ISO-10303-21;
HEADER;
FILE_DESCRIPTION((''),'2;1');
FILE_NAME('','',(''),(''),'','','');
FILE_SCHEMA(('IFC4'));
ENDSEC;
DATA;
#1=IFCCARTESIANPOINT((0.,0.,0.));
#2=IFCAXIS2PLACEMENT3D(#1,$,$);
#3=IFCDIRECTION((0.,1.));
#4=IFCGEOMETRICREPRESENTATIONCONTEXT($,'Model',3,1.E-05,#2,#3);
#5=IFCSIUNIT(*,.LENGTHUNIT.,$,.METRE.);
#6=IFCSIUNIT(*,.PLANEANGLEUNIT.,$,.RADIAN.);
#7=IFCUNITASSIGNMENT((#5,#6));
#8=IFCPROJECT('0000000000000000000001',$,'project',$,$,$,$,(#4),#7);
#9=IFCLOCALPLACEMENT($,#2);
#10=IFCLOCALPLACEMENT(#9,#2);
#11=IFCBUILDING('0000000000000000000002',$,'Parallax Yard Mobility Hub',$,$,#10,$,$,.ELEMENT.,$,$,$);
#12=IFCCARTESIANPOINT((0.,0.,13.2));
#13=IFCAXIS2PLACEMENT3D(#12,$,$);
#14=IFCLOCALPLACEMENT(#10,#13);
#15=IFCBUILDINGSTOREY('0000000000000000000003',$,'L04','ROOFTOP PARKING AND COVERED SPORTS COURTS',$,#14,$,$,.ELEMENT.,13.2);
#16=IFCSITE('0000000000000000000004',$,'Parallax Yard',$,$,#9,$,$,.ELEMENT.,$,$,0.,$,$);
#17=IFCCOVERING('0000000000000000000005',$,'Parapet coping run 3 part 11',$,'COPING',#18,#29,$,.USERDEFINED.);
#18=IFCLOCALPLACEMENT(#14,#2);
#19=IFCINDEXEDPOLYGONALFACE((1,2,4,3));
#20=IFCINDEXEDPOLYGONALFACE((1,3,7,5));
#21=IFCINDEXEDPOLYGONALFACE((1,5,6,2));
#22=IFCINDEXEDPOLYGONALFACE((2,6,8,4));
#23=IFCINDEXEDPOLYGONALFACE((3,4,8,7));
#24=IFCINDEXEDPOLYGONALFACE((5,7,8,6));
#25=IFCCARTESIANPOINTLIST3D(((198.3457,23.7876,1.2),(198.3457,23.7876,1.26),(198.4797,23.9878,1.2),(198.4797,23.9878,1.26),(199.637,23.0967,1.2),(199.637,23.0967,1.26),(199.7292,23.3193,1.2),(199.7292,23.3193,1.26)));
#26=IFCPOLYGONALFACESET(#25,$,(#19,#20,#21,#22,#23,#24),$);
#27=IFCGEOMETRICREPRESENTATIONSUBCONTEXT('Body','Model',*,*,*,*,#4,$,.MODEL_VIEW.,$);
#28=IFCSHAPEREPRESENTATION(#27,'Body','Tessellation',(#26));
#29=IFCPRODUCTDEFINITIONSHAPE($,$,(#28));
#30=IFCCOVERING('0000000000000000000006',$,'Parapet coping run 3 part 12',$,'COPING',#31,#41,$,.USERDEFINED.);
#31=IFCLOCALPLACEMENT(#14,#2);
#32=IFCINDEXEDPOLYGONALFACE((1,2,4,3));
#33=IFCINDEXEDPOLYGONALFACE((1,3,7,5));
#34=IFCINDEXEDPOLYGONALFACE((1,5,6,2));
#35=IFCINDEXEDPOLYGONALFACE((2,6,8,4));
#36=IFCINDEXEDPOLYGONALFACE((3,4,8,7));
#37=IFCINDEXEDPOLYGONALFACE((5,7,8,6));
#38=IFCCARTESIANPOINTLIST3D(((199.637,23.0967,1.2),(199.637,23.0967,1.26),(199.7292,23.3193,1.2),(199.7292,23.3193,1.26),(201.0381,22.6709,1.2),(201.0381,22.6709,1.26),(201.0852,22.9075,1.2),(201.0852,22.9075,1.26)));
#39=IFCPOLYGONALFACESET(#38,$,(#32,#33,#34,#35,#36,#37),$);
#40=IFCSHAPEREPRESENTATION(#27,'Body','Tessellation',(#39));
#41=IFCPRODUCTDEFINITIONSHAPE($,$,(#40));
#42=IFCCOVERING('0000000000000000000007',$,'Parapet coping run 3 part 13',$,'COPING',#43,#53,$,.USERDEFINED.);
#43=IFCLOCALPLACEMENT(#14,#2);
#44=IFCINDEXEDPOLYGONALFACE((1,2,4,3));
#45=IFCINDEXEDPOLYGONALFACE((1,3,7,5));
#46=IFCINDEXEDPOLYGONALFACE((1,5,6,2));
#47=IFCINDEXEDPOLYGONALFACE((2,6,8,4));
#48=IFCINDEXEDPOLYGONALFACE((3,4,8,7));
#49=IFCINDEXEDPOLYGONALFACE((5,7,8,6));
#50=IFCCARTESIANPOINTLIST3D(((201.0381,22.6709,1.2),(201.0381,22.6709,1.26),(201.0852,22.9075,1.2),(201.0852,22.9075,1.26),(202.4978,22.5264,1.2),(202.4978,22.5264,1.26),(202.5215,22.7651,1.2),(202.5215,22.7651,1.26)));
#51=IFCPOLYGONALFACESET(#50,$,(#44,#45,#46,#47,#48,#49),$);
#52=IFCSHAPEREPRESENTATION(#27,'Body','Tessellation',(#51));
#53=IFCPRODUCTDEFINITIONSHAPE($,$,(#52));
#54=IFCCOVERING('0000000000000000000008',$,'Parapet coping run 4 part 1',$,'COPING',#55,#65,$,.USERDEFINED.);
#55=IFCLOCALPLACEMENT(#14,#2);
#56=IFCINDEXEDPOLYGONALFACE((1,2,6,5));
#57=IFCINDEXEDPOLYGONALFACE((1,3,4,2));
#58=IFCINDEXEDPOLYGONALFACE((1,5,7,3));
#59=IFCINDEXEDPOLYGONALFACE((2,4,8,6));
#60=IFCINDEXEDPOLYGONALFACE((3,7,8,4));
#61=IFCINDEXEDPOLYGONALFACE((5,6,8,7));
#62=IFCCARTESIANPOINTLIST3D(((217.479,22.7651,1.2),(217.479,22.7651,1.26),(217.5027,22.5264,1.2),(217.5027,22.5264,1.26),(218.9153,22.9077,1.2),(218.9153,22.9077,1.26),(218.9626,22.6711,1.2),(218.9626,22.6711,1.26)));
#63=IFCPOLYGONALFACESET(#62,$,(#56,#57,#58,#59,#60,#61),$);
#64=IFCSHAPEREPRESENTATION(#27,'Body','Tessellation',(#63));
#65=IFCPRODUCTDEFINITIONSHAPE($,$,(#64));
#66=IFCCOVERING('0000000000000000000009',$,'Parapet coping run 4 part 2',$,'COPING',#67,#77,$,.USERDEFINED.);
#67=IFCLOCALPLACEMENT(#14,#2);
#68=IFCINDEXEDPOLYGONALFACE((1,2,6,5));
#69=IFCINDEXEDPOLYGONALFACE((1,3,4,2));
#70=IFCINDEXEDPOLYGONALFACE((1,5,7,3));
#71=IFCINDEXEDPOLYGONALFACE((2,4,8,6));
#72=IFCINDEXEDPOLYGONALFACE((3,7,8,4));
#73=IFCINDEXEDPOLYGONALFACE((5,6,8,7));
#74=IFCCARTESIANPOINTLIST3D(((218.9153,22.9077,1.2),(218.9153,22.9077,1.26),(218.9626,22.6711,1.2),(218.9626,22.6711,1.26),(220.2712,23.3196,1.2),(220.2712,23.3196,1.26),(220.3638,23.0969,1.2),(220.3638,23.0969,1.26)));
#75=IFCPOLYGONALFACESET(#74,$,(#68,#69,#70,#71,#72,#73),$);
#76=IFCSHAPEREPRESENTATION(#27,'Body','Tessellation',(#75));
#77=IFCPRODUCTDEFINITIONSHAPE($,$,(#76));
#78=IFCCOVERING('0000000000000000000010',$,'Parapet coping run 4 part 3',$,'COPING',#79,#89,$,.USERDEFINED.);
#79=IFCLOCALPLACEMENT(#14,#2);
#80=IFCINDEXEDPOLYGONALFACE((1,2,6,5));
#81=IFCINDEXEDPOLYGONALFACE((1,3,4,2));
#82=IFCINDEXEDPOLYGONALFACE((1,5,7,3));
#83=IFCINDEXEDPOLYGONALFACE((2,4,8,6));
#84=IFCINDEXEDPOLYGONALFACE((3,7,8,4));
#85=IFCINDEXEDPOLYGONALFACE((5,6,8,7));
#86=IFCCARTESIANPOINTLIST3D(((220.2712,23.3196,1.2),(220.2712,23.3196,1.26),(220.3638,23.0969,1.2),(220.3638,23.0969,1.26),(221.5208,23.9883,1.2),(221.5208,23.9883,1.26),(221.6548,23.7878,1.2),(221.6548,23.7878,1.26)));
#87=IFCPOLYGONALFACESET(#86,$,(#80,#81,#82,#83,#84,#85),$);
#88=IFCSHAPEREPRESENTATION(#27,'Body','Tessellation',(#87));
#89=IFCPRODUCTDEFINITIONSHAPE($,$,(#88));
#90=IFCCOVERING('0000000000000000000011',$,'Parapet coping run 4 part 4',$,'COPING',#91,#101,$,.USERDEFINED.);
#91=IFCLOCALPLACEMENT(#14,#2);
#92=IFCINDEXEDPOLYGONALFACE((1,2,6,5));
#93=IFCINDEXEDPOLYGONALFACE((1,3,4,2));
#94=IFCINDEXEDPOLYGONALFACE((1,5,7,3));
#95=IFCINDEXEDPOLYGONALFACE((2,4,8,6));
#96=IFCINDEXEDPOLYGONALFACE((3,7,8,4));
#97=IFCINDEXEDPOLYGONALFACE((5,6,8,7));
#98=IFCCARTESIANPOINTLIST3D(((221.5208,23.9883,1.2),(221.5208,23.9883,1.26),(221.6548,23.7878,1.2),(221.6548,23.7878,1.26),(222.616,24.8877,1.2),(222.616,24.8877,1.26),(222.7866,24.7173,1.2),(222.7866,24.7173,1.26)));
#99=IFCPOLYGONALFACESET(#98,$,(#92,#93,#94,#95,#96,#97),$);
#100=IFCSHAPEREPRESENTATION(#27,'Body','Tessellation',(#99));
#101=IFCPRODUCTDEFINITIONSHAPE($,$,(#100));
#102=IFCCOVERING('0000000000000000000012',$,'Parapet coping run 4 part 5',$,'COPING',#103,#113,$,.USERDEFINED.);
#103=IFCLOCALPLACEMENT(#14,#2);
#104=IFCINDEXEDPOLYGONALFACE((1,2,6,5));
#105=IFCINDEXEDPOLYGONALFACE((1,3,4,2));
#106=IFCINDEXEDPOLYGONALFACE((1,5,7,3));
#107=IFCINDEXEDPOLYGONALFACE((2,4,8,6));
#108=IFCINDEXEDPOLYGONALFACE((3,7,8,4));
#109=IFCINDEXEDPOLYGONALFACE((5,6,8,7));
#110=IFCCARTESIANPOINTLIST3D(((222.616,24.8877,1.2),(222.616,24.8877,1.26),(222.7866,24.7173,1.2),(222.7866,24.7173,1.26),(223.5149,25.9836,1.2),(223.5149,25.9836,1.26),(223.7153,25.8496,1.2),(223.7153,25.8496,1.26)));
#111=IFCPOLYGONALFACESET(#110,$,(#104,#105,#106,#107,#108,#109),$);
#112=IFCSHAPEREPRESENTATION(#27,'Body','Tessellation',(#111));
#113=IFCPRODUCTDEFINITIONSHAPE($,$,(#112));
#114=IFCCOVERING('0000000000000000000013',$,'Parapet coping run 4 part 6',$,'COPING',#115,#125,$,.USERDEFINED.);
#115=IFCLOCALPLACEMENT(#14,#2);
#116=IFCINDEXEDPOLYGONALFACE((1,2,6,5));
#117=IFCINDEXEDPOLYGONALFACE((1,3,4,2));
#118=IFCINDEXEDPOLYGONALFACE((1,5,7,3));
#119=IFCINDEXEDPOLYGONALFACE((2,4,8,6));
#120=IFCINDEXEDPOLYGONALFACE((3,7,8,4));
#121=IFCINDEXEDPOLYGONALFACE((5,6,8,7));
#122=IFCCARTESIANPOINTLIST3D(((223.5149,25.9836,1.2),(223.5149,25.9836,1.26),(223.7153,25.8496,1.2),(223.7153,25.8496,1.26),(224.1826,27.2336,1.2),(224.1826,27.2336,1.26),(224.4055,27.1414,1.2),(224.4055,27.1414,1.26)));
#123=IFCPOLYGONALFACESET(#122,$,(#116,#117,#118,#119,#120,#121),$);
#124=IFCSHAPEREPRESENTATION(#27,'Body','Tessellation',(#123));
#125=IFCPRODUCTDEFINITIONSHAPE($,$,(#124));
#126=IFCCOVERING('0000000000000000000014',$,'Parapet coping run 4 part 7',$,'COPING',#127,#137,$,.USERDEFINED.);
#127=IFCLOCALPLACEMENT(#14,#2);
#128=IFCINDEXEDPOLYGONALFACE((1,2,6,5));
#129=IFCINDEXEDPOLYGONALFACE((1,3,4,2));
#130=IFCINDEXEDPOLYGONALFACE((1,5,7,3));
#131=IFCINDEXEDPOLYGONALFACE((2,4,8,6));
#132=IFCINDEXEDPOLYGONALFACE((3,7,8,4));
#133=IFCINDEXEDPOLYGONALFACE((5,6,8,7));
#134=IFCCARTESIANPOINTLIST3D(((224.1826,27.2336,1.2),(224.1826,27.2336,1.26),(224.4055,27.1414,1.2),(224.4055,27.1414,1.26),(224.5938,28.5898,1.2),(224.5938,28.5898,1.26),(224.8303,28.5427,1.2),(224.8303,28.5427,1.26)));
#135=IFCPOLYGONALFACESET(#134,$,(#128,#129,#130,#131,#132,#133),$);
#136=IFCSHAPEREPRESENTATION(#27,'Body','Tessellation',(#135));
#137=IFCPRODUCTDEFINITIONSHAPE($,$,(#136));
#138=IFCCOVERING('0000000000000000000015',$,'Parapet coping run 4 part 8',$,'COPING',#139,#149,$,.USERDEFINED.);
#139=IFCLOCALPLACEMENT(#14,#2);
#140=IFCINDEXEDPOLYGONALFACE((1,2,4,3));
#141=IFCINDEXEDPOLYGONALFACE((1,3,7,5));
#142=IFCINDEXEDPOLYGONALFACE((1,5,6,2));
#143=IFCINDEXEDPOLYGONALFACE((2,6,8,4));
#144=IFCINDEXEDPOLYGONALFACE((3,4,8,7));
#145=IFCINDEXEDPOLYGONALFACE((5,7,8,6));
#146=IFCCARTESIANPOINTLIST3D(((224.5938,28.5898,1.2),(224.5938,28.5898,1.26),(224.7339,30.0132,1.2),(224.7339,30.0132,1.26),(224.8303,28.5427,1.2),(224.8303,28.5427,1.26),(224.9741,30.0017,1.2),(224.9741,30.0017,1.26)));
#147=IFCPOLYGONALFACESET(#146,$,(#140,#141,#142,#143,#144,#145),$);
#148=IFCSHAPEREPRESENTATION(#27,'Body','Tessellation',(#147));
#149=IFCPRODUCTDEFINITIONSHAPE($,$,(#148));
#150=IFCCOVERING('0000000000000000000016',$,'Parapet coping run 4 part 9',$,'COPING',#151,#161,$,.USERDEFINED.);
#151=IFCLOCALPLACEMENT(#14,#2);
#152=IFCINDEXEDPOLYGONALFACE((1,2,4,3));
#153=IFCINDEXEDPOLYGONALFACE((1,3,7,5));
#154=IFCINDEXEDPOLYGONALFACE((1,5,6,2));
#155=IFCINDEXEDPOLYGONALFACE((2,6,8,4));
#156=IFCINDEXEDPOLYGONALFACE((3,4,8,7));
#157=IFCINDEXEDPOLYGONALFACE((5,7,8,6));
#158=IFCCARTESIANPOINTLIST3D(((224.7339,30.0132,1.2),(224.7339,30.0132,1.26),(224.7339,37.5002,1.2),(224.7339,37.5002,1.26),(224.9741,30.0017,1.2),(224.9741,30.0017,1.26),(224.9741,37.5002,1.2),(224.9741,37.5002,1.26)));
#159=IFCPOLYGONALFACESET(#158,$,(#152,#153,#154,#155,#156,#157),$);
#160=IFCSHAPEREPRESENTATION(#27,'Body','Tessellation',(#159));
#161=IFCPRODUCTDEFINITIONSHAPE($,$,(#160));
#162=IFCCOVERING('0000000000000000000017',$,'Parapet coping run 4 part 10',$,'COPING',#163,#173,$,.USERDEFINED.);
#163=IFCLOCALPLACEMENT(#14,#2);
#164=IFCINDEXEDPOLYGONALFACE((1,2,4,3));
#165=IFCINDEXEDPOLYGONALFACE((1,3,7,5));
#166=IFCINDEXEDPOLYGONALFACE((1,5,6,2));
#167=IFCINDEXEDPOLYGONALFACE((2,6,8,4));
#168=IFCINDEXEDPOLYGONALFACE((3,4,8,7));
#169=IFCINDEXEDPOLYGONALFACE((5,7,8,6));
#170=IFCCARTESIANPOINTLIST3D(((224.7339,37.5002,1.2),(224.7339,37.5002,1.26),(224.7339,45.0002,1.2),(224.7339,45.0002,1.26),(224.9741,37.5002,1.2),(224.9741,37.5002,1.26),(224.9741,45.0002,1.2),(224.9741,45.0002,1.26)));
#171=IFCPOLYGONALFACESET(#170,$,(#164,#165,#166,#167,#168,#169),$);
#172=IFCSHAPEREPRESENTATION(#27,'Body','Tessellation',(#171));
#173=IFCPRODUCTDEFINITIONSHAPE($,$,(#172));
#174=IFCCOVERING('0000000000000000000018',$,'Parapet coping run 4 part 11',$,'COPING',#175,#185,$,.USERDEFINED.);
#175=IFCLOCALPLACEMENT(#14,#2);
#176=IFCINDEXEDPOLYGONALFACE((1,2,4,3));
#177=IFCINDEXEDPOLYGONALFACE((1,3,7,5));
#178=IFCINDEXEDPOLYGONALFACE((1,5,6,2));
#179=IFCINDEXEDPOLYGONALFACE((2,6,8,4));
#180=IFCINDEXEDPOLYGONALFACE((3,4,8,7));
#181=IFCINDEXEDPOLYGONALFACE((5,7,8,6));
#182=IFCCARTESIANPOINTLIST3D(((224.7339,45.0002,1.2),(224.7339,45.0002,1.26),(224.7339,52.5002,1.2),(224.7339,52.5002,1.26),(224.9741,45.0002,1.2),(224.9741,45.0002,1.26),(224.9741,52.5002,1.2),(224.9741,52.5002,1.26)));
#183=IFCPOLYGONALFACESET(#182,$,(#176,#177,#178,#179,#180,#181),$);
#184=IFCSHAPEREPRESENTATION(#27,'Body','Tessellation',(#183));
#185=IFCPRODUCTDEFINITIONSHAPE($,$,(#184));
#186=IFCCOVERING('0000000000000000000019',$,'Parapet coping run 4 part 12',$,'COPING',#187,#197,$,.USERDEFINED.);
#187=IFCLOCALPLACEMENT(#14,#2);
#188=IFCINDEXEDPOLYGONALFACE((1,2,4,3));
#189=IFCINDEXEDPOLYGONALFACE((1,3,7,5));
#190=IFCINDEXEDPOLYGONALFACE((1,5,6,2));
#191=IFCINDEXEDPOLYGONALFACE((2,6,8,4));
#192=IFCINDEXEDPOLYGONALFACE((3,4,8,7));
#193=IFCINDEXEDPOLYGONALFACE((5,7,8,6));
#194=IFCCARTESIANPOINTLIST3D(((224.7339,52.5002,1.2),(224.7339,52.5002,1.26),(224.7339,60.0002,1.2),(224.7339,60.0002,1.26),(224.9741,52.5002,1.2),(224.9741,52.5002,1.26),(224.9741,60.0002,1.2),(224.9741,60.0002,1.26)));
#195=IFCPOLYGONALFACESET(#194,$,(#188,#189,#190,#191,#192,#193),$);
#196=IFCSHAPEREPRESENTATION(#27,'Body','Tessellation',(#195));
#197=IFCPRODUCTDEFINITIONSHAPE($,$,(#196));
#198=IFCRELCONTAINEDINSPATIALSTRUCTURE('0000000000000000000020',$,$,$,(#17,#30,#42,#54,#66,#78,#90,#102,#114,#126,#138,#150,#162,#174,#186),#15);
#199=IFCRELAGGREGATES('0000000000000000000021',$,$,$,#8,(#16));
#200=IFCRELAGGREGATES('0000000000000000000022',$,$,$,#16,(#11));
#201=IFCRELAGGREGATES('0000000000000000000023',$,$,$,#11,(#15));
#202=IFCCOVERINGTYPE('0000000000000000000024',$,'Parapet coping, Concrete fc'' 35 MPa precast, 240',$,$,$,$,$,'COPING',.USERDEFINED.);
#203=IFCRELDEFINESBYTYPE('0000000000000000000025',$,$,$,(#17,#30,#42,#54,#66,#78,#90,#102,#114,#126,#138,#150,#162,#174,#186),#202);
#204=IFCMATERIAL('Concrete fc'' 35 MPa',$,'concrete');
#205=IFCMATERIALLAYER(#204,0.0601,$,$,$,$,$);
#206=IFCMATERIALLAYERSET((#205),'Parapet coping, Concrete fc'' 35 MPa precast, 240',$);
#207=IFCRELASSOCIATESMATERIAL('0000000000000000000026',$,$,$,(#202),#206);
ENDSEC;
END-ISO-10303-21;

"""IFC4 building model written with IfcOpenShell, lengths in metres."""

from ifc_helpers import new_model, si_unit, direction, frame, origin, place, context, subcontext, project, spatial, polyline, outline, extrude, material, layer, layer_set, type_object, element, save


model = new_model("IFC4")

# Units and contexts
model_context = context("Model", 3, precision=1e-05, world=origin(), true_north=direction((0.0, 1.0)))
body_context = subcontext(model_context, "Body", "Model", "MODEL_VIEW")
ifc_project = project(units=[si_unit("LENGTHUNIT", "METRE"), si_unit("PLANEANGLEUNIT", "RADIAN")], contexts=[model_context])

# Site, building, storey
site_placement = place(None, origin())
site = spatial("IfcSite", under=ifc_project, at=site_placement, Name="Parallax Yard", CompositionType="ELEMENT", RefElevation=0.0)
building_placement = place(site_placement, origin())
building = spatial("IfcBuilding", under=site, at=building_placement, Name="Parallax Yard Mobility Hub", CompositionType="ELEMENT")
storey_placement = place(building_placement, frame((0.0, 0.0, 13.2)))
storey = spatial("IfcBuildingStorey", under=building, at=storey_placement, Name="L04", Description="ROOFTOP PARKING AND COVERED SPORTS COURTS", CompositionType="ELEMENT", Elevation=13.2)

# Coverings
ifc_material = material(Name="Concrete fc' 35 MPa", Category="concrete")
ifc_layer = layer(ifc_material, 0.0601)
ifc_layer_set = layer_set([ifc_layer], Name="Parapet coping, Concrete fc' 35 MPa precast, 240")
covering_type = type_object("IfcCoveringType", Name="Parapet coping, Concrete fc' 35 MPa precast, 240", ElementType="COPING", PredefinedType="USERDEFINED", material=ifc_layer_set)
covering_1_placement = place(storey_placement, frame((0.0, 0.0, 1.2)))
element("IfcCovering", 1, at=covering_1_placement, inside=storey, type_object=covering_type, Name="Parapet coping run 3 part 11", ObjectType="COPING", PredefinedType="USERDEFINED", context=body_context, shape_type="SweptSolid", body=[
    extrude(outline(polyline([(198.4797, 23.9878), (198.3457, 23.7876), (199.637, 23.0967), (199.7292, 23.3193), (198.4797, 23.9878)])), origin(), (0.0, 0.0, 1.0), 0.0601),
])
covering_2_placement = place(storey_placement, frame((0.0, 0.0, 1.2)))
element("IfcCovering", 2, at=covering_2_placement, inside=storey, type_object=covering_type, Name="Parapet coping run 3 part 12", ObjectType="COPING", PredefinedType="USERDEFINED", context=body_context, shape_type="SweptSolid", body=[
    extrude(outline(polyline([(199.7292, 23.3193), (199.637, 23.0967), (201.0381, 22.6709), (201.0852, 22.9075), (199.7292, 23.3193)])), origin(), (0.0, 0.0, 1.0), 0.0601),
])
covering_3_placement = place(storey_placement, frame((0.0, 0.0, 1.2)))
element("IfcCovering", 3, at=covering_3_placement, inside=storey, type_object=covering_type, Name="Parapet coping run 3 part 13", ObjectType="COPING", PredefinedType="USERDEFINED", context=body_context, shape_type="SweptSolid", body=[
    extrude(outline(polyline([(201.0852, 22.9075), (201.0381, 22.6709), (202.4978, 22.5264), (202.5215, 22.7651), (201.0852, 22.9075)])), origin(), (0.0, 0.0, 1.0), 0.0601),
])
covering_4_placement = place(storey_placement, frame((0.0, 0.0, 1.2)))
element("IfcCovering", 4, at=covering_4_placement, inside=storey, type_object=covering_type, Name="Parapet coping run 4 part 1", ObjectType="COPING", PredefinedType="USERDEFINED", context=body_context, shape_type="SweptSolid", body=[
    extrude(outline(polyline([(217.479, 22.7651), (217.5027, 22.5264), (218.9626, 22.6711), (218.9153, 22.9077), (217.479, 22.7651)])), origin(), (0.0, 0.0, 1.0), 0.0601),
])
covering_5_placement = place(storey_placement, frame((0.0, 0.0, 1.2)))
element("IfcCovering", 5, at=covering_5_placement, inside=storey, type_object=covering_type, Name="Parapet coping run 4 part 2", ObjectType="COPING", PredefinedType="USERDEFINED", context=body_context, shape_type="SweptSolid", body=[
    extrude(outline(polyline([(218.9153, 22.9077), (218.9626, 22.6711), (220.3638, 23.0969), (220.2712, 23.3196), (218.9153, 22.9077)])), origin(), (0.0, 0.0, 1.0), 0.0601),
])
covering_6_placement = place(storey_placement, frame((0.0, 0.0, 1.2)))
element("IfcCovering", 6, at=covering_6_placement, inside=storey, type_object=covering_type, Name="Parapet coping run 4 part 3", ObjectType="COPING", PredefinedType="USERDEFINED", context=body_context, shape_type="SweptSolid", body=[
    extrude(outline(polyline([(220.2712, 23.3196), (220.3638, 23.0969), (221.6548, 23.7878), (221.5208, 23.9883), (220.2712, 23.3196)])), origin(), (0.0, 0.0, 1.0), 0.0601),
])
covering_7_placement = place(storey_placement, frame((0.0, 0.0, 1.2)))
element("IfcCovering", 7, at=covering_7_placement, inside=storey, type_object=covering_type, Name="Parapet coping run 4 part 4", ObjectType="COPING", PredefinedType="USERDEFINED", context=body_context, shape_type="SweptSolid", body=[
    extrude(outline(polyline([(221.5208, 23.9883), (221.6548, 23.7878), (222.7866, 24.7173), (222.616, 24.8877), (221.5208, 23.9883)])), origin(), (0.0, 0.0, 1.0), 0.0601),
])
covering_8_placement = place(storey_placement, frame((0.0, 0.0, 1.2)))
element("IfcCovering", 8, at=covering_8_placement, inside=storey, type_object=covering_type, Name="Parapet coping run 4 part 5", ObjectType="COPING", PredefinedType="USERDEFINED", context=body_context, shape_type="SweptSolid", body=[
    extrude(outline(polyline([(222.616, 24.8877), (222.7866, 24.7173), (223.7153, 25.8496), (223.5149, 25.9836), (222.616, 24.8877)])), origin(), (0.0, 0.0, 1.0), 0.0601),
])
covering_9_placement = place(storey_placement, frame((0.0, 0.0, 1.2)))
element("IfcCovering", 9, at=covering_9_placement, inside=storey, type_object=covering_type, Name="Parapet coping run 4 part 6", ObjectType="COPING", PredefinedType="USERDEFINED", context=body_context, shape_type="SweptSolid", body=[
    extrude(outline(polyline([(223.5149, 25.9836), (223.7153, 25.8496), (224.4055, 27.1414), (224.1826, 27.2336), (223.5149, 25.9836)])), origin(), (0.0, 0.0, 1.0), 0.0601),
])
covering_10_placement = place(storey_placement, frame((0.0, 0.0, 1.2)))
element("IfcCovering", 10, at=covering_10_placement, inside=storey, type_object=covering_type, Name="Parapet coping run 4 part 7", ObjectType="COPING", PredefinedType="USERDEFINED", context=body_context, shape_type="SweptSolid", body=[
    extrude(outline(polyline([(224.1826, 27.2336), (224.4055, 27.1414), (224.8303, 28.5427), (224.5938, 28.5898), (224.1826, 27.2336)])), origin(), (0.0, 0.0, 1.0), 0.0601),
])
covering_11_placement = place(storey_placement, frame((0.0, 0.0, 1.2)))
element("IfcCovering", 11, at=covering_11_placement, inside=storey, type_object=covering_type, Name="Parapet coping run 4 part 8", ObjectType="COPING", PredefinedType="USERDEFINED", context=body_context, shape_type="SweptSolid", body=[
    extrude(outline(polyline([(224.5938, 28.5898), (224.8303, 28.5427), (224.9741, 30.0017), (224.7339, 30.0132), (224.5938, 28.5898)])), origin(), (0.0, 0.0, 1.0), 0.0601),
])
covering_12_placement = place(storey_placement, frame((0.0, 0.0, 1.2)))
element("IfcCovering", 12, at=covering_12_placement, inside=storey, type_object=covering_type, Name="Parapet coping run 4 part 9", ObjectType="COPING", PredefinedType="USERDEFINED", context=body_context, shape_type="SweptSolid", body=[
    extrude(outline(polyline([(224.7339, 30.0132), (224.9741, 30.0017), (224.9741, 37.5002), (224.7339, 37.5002), (224.7339, 30.0132)])), origin(), (0.0, 0.0, 1.0), 0.0601),
])
covering_13_placement = place(storey_placement, frame((0.0, 0.0, 1.2)))
element("IfcCovering", 13, at=covering_13_placement, inside=storey, type_object=covering_type, Name="Parapet coping run 4 part 10", ObjectType="COPING", PredefinedType="USERDEFINED", context=body_context, shape_type="SweptSolid", body=[
    extrude(outline(polyline([(224.7339, 37.5002), (224.9741, 37.5002), (224.9741, 45.0002), (224.7339, 45.0002), (224.7339, 37.5002)])), origin(), (0.0, 0.0, 1.0), 0.0601),
])
covering_14_placement = place(storey_placement, frame((0.0, 0.0, 1.2)))
element("IfcCovering", 14, at=covering_14_placement, inside=storey, type_object=covering_type, Name="Parapet coping run 4 part 11", ObjectType="COPING", PredefinedType="USERDEFINED", context=body_context, shape_type="SweptSolid", body=[
    extrude(outline(polyline([(224.7339, 45.0002), (224.9741, 45.0002), (224.9741, 52.5002), (224.7339, 52.5002), (224.7339, 45.0002)])), origin(), (0.0, 0.0, 1.0), 0.0601),
])
covering_15_placement = place(storey_placement, frame((0.0, 0.0, 1.2)))
element("IfcCovering", 15, at=covering_15_placement, inside=storey, type_object=covering_type, Name="Parapet coping run 4 part 12", ObjectType="COPING", PredefinedType="USERDEFINED", context=body_context, shape_type="SweptSolid", body=[
    extrude(outline(polyline([(224.7339, 52.5002), (224.9741, 52.5002), (224.9741, 60.0002), (224.7339, 60.0002), (224.7339, 52.5002)])), origin(), (0.0, 0.0, 1.0), 0.0601),
])

save(model, "model.ifc")
